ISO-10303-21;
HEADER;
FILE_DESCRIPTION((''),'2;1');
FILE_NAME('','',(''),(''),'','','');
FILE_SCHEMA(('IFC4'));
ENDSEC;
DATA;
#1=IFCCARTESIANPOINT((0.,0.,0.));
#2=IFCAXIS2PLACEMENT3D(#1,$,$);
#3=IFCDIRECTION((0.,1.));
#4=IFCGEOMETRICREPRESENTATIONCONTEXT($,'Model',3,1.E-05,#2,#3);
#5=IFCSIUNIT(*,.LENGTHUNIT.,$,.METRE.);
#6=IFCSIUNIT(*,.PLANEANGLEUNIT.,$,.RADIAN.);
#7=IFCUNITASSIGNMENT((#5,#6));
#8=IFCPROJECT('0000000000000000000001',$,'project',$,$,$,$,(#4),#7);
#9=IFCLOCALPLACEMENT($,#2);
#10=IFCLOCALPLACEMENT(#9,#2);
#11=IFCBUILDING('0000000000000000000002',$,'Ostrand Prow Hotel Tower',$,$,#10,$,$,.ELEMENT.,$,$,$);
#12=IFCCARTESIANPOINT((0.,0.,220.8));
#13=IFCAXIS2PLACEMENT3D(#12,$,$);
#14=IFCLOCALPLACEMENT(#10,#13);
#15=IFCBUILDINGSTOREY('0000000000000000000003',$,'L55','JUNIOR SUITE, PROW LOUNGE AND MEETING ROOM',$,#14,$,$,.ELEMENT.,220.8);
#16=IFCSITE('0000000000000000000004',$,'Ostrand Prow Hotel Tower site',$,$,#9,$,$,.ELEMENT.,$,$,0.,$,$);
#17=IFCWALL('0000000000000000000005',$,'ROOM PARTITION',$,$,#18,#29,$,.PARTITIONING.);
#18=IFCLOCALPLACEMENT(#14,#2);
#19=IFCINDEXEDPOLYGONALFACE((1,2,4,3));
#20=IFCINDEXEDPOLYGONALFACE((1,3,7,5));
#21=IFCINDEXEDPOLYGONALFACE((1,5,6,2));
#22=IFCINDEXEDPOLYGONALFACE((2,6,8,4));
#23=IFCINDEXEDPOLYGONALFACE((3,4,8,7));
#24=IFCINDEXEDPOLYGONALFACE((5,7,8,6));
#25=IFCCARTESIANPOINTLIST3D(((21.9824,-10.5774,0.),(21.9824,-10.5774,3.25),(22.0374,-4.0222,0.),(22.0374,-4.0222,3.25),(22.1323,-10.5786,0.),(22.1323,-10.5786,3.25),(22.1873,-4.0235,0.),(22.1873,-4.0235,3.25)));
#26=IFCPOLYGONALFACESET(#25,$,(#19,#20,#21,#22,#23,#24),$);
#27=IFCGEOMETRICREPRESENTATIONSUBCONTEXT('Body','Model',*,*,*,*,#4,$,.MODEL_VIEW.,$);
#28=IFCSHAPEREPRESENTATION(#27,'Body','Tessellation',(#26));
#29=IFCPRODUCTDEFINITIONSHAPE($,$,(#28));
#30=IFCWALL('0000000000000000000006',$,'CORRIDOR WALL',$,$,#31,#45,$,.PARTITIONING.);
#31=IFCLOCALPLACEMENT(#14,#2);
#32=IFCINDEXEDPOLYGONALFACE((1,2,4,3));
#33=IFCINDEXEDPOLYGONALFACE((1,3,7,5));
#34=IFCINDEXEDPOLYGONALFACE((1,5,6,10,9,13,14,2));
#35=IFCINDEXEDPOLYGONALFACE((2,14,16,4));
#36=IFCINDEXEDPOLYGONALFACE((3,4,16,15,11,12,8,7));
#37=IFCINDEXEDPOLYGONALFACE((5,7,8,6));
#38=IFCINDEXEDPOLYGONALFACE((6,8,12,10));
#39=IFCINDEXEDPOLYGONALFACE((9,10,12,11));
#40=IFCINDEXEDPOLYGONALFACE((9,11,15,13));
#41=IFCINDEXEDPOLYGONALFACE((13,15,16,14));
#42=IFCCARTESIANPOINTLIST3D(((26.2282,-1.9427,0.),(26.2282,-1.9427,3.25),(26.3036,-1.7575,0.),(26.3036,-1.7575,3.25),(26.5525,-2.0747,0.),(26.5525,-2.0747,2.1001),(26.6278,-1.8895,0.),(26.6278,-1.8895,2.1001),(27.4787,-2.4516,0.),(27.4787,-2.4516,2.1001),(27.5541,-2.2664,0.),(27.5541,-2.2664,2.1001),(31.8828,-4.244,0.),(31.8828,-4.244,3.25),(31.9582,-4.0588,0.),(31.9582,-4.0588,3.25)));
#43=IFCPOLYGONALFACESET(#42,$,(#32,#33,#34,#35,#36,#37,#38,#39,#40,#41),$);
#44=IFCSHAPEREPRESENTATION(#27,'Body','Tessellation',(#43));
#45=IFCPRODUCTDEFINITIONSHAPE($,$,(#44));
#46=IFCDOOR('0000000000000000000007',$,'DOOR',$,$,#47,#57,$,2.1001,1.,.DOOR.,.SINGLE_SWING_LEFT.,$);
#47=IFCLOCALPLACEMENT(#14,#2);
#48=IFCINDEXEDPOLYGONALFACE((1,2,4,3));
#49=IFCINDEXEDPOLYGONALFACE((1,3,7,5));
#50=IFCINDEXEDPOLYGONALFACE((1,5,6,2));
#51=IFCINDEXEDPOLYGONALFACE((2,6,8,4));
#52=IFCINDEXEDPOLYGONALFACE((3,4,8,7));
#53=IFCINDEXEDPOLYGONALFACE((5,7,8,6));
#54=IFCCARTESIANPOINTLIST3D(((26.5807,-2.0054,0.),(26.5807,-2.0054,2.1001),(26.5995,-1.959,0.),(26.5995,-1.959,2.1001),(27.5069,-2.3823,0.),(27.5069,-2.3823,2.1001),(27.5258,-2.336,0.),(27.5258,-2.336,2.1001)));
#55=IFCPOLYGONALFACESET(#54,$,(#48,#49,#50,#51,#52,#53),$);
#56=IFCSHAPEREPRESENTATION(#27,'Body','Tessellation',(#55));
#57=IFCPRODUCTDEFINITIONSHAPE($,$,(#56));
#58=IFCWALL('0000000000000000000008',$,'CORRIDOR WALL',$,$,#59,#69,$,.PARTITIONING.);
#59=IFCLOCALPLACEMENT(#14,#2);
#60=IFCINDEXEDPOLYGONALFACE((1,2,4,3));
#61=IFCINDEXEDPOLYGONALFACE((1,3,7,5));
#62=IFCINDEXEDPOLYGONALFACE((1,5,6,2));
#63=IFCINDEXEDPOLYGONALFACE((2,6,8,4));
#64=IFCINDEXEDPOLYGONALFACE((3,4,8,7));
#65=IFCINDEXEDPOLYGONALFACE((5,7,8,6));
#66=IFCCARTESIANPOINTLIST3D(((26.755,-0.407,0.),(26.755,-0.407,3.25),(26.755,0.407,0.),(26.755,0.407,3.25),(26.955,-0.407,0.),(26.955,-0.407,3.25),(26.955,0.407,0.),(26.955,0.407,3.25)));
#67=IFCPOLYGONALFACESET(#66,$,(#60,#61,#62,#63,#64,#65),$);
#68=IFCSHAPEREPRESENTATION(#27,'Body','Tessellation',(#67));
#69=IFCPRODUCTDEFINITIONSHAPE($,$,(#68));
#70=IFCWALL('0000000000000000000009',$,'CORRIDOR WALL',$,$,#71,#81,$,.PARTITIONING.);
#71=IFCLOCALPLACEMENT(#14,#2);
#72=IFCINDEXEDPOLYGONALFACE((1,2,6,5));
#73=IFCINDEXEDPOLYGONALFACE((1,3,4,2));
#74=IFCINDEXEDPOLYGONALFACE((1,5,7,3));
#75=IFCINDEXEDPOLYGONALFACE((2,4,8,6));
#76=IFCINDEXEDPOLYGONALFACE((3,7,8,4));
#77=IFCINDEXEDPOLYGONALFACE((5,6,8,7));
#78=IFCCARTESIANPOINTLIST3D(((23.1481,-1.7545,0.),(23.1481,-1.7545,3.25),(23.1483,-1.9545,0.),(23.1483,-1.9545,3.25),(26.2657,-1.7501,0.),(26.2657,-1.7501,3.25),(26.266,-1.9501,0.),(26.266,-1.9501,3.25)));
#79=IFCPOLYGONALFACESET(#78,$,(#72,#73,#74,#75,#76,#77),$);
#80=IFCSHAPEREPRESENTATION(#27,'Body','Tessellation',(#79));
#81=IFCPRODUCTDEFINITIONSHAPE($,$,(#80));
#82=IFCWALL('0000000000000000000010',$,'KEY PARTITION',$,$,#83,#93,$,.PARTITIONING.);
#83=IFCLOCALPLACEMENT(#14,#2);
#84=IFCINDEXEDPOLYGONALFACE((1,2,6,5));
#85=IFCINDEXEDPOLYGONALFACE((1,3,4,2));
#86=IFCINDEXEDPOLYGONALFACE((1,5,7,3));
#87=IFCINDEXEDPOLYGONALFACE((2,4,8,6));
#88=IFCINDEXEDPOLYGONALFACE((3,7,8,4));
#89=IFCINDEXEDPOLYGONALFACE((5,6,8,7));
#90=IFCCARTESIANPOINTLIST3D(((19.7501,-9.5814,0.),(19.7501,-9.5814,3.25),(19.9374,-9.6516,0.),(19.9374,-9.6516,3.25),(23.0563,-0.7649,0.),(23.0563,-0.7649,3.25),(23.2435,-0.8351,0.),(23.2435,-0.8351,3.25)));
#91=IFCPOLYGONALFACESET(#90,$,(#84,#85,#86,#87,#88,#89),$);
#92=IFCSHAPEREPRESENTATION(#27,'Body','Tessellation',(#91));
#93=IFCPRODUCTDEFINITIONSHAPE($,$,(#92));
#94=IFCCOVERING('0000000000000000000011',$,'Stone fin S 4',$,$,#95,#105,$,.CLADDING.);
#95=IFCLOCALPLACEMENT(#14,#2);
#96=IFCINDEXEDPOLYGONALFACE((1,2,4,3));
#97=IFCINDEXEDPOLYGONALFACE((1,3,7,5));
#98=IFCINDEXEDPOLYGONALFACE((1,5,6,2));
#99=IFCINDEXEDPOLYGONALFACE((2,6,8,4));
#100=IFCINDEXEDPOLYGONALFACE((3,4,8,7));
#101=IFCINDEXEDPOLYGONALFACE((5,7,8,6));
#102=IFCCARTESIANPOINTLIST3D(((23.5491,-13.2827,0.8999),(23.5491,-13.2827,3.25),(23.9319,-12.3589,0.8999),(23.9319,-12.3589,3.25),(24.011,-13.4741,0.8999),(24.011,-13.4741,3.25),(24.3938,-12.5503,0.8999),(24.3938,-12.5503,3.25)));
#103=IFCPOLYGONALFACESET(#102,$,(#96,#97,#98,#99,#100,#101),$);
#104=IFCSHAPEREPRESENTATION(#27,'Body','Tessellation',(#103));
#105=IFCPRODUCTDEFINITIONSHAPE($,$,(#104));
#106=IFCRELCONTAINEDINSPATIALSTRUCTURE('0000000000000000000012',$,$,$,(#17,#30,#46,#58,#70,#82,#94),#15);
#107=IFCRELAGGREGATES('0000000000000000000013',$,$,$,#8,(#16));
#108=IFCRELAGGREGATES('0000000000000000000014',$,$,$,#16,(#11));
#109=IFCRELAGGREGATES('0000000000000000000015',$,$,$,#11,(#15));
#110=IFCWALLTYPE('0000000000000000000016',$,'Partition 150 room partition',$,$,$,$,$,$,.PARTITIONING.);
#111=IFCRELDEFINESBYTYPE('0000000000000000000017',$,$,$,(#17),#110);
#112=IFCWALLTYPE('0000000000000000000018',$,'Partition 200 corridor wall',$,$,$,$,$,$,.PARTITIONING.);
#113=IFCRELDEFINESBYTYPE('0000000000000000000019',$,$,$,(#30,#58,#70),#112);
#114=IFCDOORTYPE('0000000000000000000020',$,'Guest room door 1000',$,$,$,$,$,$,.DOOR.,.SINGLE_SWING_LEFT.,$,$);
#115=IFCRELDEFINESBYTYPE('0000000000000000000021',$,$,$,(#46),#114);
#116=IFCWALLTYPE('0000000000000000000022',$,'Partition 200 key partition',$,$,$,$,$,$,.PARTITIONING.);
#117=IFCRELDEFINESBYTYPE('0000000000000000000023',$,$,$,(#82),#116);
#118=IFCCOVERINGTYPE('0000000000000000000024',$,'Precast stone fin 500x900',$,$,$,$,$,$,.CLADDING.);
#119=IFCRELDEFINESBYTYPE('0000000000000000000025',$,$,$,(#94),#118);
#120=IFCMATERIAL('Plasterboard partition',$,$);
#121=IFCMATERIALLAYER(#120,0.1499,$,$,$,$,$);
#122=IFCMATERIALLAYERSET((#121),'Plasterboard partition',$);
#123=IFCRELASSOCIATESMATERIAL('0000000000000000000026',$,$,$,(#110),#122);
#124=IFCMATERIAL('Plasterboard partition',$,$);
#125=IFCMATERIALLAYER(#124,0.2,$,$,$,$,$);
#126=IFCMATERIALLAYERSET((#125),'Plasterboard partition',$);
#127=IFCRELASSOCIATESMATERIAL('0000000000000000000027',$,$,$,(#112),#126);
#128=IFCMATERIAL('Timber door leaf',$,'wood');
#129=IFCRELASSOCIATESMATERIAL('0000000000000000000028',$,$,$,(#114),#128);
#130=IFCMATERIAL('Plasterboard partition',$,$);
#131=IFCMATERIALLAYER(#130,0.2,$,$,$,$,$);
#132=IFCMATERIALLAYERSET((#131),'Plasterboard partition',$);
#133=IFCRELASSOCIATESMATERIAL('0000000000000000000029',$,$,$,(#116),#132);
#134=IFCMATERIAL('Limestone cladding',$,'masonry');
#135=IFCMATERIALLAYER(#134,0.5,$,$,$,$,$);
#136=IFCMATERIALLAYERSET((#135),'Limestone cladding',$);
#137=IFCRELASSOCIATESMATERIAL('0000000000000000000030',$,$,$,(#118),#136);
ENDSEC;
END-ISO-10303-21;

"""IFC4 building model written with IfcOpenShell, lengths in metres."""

from ifc_helpers import new_model, si_unit, direction, frame, frame_2d, origin, place, context, subcontext, project, spatial, rectangle, extrude, material, layer, layer_set, type_object, element, fill, save


model = new_model("IFC4")

# Units and contexts
model_context = context("Model", 3, precision=1e-05, world=origin(), true_north=direction((0.0, 1.0)))
body_context = subcontext(model_context, "Body", "Model", "MODEL_VIEW")
ifc_project = project(units=[si_unit("LENGTHUNIT", "METRE"), si_unit("PLANEANGLEUNIT", "RADIAN")], contexts=[model_context])

# Site, building, storey
site_placement = place(None, origin())
site = spatial("IfcSite", under=ifc_project, at=site_placement, Name="Ostrand Prow Hotel Tower site", CompositionType="ELEMENT", RefElevation=0.0)
building_placement = place(site_placement, origin())
building = spatial("IfcBuilding", under=site, at=building_placement, Name="Ostrand Prow Hotel Tower", CompositionType="ELEMENT")
storey_placement = place(building_placement, frame((0.0, 0.0, 220.8)))
storey = spatial("IfcBuildingStorey", under=building, at=storey_placement, Name="L55", Description="JUNIOR SUITE, PROW LOUNGE AND MEETING ROOM", CompositionType="ELEMENT", Elevation=220.8)

# Wall
ifc_material_1 = material(Name="Plasterboard partition")
ifc_layer_1 = layer(ifc_material_1, 0.1499)
ifc_layer_set_1 = layer_set([ifc_layer_1], Name="Plasterboard partition")
wall_type_1 = type_object("IfcWallType", Name="Partition 150 room partition", PredefinedType="PARTITIONING", material=ifc_layer_set_1)
wall_1_placement = place(storey_placement, frame((22.1123, -4.0227, 0.0), z_axis=(0.0, 0.0, 1.0), x_axis=(-0.00838, -0.999965, 0.0)))
element("IfcWall", 1, at=wall_1_placement, inside=storey, type_object=wall_type_1, Name="ROOM PARTITION", PredefinedType="PARTITIONING", context=body_context, shape_type="SweptSolid", body=[
    extrude(rectangle(XDim=6.5554, YDim=0.1499, at=frame_2d((3.2778, 0.0))), origin(), (0.0, 0.0, 1.0), 3.25),
])

# Wall, opening, door
ifc_material_2 = material(Name="Plasterboard partition")
ifc_layer_2 = layer(ifc_material_2, 0.2)
ifc_layer_set_2 = layer_set([ifc_layer_2], Name="Plasterboard partition")
wall_type_2 = type_object("IfcWallType", Name="Partition 200 corridor wall", PredefinedType="PARTITIONING", material=ifc_layer_set_2)
wall_2_placement = place(storey_placement, frame((26.2659, -1.8501, 0.0), z_axis=(0.0, 0.0, 1.0), x_axis=(0.926232, -0.376955, 0.0)))
wall_2 = element("IfcWall", 2, at=wall_2_placement, inside=storey, type_object=wall_type_2, Name="CORRIDOR WALL", PredefinedType="PARTITIONING", context=body_context, shape_type="SweptSolid", body=[
    extrude(rectangle(XDim=6.105, YDim=0.2, at=frame_2d((3.0525, 0.0))), origin(), (0.0, 0.0, 1.0), 3.25),
])
opening_placement = place(wall_2_placement, frame((0.3501, 0.0, 0.0)))
opening = element("IfcOpeningElement", 3, at=opening_placement, cuts=wall_2, PredefinedType="OPENING", context=body_context, shape_type="SweptSolid", body=[
    extrude(rectangle(XDim=1.0, YDim=2.1001, at=frame_2d((0.5, 1.05))), frame((0.0, 0.1099, 0.0), z_axis=(0.0, -1.0, 0.0), x_axis=(1.0, 0.0, 0.0)), (0.0, 0.0, 1.0), 0.22),
])
ifc_material_3 = material(Name="Timber door leaf", Category="wood")
door_type = type_object("IfcDoorType", Name="Guest room door 1000", OperationType="SINGLE_SWING_LEFT", PredefinedType="DOOR", material=ifc_material_3)
door_placement = place(opening_placement, origin())
door = element("IfcDoor", 4, at=door_placement, inside=storey, type_object=door_type, Name="DOOR", OperationType="SINGLE_SWING_LEFT", OverallHeight=2.1001, OverallWidth=1.0, PredefinedType="DOOR", context=body_context, shape_type="SweptSolid", body=[
    extrude(rectangle(XDim=1.0, YDim=2.1001, at=frame_2d((0.5, 1.05))), frame((0.0, 0.0249, 0.0), z_axis=(0.0, -1.0, 0.0), x_axis=(1.0, 0.0, 0.0)), (0.0, 0.0, 1.0), 0.05),
])
fill(opening, door)

# Walls
wall_3_placement = place(storey_placement, frame((26.855, -0.407, 0.0), z_axis=(0.0, 0.0, 1.0), x_axis=(0.0, 1.0, 0.0)))
element("IfcWall", 5, at=wall_3_placement, inside=storey, type_object=wall_type_2, Name="CORRIDOR WALL", PredefinedType="PARTITIONING", context=body_context, shape_type="SweptSolid", body=[
    extrude(rectangle(XDim=0.814, YDim=0.2, at=frame_2d((0.407, 0.0))), origin(), (0.0, 0.0, 1.0), 3.25),
])
wall_4_placement = place(storey_placement, frame((23.1482, -1.8545, 0.0), z_axis=(0.0, 0.0, 1.0), x_axis=(0.999999, 0.00141, 0.0)))
element("IfcWall", 6, at=wall_4_placement, inside=storey, type_object=wall_type_2, Name="CORRIDOR WALL", PredefinedType="PARTITIONING", context=body_context, shape_type="SweptSolid", body=[
    extrude(rectangle(XDim=3.1177, YDim=0.2, at=frame_2d((1.5588, 0.0))), origin(), (0.0, 0.0, 1.0), 3.25),
])
ifc_material_4 = material(Name="Plasterboard partition")
ifc_layer_3 = layer(ifc_material_4, 0.2)
ifc_layer_set_3 = layer_set([ifc_layer_3], Name="Plasterboard partition")
wall_type_3 = type_object("IfcWallType", Name="Partition 200 key partition", PredefinedType="PARTITIONING", material=ifc_layer_set_3)
wall_5_placement = place(storey_placement, frame((19.8438, -9.6165, 0.0), z_axis=(0.0, 0.0, 1.0), x_axis=(0.351123, 0.936329, 0.0)))
element("IfcWall", 7, at=wall_5_placement, inside=storey, type_object=wall_type_3, Name="KEY PARTITION", PredefinedType="PARTITIONING", context=body_context, shape_type="SweptSolid", body=[
    extrude(rectangle(XDim=9.416, YDim=0.2, at=frame_2d((4.708, 0.0))), origin(), (0.0, 0.0, 1.0), 3.25),
])

# Covering
ifc_material_5 = material(Name="Limestone cladding", Category="masonry")
ifc_layer_4 = layer(ifc_material_5, 0.5)
ifc_layer_set_4 = layer_set([ifc_layer_4], Name="Limestone cladding")
covering_type = type_object("IfcCoveringType", Name="Precast stone fin 500x900", PredefinedType="CLADDING", material=ifc_layer_set_4)
covering_placement = place(storey_placement, frame((24.1628, -12.4546, 0.8999), z_axis=(0.0, 0.0, 1.0), x_axis=(-0.382812, -0.923826, 0.0)))
element("IfcCovering", 8, at=covering_placement, inside=storey, type_object=covering_type, Name="Stone fin S 4", PredefinedType="CLADDING", context=body_context, shape_type="SweptSolid", body=[
    extrude(rectangle(XDim=1.0, YDim=0.5, at=frame_2d((0.5, 0.0))), origin(), (0.0, 0.0, 1.0), 2.3501),
])

save(model, "model.ifc")
